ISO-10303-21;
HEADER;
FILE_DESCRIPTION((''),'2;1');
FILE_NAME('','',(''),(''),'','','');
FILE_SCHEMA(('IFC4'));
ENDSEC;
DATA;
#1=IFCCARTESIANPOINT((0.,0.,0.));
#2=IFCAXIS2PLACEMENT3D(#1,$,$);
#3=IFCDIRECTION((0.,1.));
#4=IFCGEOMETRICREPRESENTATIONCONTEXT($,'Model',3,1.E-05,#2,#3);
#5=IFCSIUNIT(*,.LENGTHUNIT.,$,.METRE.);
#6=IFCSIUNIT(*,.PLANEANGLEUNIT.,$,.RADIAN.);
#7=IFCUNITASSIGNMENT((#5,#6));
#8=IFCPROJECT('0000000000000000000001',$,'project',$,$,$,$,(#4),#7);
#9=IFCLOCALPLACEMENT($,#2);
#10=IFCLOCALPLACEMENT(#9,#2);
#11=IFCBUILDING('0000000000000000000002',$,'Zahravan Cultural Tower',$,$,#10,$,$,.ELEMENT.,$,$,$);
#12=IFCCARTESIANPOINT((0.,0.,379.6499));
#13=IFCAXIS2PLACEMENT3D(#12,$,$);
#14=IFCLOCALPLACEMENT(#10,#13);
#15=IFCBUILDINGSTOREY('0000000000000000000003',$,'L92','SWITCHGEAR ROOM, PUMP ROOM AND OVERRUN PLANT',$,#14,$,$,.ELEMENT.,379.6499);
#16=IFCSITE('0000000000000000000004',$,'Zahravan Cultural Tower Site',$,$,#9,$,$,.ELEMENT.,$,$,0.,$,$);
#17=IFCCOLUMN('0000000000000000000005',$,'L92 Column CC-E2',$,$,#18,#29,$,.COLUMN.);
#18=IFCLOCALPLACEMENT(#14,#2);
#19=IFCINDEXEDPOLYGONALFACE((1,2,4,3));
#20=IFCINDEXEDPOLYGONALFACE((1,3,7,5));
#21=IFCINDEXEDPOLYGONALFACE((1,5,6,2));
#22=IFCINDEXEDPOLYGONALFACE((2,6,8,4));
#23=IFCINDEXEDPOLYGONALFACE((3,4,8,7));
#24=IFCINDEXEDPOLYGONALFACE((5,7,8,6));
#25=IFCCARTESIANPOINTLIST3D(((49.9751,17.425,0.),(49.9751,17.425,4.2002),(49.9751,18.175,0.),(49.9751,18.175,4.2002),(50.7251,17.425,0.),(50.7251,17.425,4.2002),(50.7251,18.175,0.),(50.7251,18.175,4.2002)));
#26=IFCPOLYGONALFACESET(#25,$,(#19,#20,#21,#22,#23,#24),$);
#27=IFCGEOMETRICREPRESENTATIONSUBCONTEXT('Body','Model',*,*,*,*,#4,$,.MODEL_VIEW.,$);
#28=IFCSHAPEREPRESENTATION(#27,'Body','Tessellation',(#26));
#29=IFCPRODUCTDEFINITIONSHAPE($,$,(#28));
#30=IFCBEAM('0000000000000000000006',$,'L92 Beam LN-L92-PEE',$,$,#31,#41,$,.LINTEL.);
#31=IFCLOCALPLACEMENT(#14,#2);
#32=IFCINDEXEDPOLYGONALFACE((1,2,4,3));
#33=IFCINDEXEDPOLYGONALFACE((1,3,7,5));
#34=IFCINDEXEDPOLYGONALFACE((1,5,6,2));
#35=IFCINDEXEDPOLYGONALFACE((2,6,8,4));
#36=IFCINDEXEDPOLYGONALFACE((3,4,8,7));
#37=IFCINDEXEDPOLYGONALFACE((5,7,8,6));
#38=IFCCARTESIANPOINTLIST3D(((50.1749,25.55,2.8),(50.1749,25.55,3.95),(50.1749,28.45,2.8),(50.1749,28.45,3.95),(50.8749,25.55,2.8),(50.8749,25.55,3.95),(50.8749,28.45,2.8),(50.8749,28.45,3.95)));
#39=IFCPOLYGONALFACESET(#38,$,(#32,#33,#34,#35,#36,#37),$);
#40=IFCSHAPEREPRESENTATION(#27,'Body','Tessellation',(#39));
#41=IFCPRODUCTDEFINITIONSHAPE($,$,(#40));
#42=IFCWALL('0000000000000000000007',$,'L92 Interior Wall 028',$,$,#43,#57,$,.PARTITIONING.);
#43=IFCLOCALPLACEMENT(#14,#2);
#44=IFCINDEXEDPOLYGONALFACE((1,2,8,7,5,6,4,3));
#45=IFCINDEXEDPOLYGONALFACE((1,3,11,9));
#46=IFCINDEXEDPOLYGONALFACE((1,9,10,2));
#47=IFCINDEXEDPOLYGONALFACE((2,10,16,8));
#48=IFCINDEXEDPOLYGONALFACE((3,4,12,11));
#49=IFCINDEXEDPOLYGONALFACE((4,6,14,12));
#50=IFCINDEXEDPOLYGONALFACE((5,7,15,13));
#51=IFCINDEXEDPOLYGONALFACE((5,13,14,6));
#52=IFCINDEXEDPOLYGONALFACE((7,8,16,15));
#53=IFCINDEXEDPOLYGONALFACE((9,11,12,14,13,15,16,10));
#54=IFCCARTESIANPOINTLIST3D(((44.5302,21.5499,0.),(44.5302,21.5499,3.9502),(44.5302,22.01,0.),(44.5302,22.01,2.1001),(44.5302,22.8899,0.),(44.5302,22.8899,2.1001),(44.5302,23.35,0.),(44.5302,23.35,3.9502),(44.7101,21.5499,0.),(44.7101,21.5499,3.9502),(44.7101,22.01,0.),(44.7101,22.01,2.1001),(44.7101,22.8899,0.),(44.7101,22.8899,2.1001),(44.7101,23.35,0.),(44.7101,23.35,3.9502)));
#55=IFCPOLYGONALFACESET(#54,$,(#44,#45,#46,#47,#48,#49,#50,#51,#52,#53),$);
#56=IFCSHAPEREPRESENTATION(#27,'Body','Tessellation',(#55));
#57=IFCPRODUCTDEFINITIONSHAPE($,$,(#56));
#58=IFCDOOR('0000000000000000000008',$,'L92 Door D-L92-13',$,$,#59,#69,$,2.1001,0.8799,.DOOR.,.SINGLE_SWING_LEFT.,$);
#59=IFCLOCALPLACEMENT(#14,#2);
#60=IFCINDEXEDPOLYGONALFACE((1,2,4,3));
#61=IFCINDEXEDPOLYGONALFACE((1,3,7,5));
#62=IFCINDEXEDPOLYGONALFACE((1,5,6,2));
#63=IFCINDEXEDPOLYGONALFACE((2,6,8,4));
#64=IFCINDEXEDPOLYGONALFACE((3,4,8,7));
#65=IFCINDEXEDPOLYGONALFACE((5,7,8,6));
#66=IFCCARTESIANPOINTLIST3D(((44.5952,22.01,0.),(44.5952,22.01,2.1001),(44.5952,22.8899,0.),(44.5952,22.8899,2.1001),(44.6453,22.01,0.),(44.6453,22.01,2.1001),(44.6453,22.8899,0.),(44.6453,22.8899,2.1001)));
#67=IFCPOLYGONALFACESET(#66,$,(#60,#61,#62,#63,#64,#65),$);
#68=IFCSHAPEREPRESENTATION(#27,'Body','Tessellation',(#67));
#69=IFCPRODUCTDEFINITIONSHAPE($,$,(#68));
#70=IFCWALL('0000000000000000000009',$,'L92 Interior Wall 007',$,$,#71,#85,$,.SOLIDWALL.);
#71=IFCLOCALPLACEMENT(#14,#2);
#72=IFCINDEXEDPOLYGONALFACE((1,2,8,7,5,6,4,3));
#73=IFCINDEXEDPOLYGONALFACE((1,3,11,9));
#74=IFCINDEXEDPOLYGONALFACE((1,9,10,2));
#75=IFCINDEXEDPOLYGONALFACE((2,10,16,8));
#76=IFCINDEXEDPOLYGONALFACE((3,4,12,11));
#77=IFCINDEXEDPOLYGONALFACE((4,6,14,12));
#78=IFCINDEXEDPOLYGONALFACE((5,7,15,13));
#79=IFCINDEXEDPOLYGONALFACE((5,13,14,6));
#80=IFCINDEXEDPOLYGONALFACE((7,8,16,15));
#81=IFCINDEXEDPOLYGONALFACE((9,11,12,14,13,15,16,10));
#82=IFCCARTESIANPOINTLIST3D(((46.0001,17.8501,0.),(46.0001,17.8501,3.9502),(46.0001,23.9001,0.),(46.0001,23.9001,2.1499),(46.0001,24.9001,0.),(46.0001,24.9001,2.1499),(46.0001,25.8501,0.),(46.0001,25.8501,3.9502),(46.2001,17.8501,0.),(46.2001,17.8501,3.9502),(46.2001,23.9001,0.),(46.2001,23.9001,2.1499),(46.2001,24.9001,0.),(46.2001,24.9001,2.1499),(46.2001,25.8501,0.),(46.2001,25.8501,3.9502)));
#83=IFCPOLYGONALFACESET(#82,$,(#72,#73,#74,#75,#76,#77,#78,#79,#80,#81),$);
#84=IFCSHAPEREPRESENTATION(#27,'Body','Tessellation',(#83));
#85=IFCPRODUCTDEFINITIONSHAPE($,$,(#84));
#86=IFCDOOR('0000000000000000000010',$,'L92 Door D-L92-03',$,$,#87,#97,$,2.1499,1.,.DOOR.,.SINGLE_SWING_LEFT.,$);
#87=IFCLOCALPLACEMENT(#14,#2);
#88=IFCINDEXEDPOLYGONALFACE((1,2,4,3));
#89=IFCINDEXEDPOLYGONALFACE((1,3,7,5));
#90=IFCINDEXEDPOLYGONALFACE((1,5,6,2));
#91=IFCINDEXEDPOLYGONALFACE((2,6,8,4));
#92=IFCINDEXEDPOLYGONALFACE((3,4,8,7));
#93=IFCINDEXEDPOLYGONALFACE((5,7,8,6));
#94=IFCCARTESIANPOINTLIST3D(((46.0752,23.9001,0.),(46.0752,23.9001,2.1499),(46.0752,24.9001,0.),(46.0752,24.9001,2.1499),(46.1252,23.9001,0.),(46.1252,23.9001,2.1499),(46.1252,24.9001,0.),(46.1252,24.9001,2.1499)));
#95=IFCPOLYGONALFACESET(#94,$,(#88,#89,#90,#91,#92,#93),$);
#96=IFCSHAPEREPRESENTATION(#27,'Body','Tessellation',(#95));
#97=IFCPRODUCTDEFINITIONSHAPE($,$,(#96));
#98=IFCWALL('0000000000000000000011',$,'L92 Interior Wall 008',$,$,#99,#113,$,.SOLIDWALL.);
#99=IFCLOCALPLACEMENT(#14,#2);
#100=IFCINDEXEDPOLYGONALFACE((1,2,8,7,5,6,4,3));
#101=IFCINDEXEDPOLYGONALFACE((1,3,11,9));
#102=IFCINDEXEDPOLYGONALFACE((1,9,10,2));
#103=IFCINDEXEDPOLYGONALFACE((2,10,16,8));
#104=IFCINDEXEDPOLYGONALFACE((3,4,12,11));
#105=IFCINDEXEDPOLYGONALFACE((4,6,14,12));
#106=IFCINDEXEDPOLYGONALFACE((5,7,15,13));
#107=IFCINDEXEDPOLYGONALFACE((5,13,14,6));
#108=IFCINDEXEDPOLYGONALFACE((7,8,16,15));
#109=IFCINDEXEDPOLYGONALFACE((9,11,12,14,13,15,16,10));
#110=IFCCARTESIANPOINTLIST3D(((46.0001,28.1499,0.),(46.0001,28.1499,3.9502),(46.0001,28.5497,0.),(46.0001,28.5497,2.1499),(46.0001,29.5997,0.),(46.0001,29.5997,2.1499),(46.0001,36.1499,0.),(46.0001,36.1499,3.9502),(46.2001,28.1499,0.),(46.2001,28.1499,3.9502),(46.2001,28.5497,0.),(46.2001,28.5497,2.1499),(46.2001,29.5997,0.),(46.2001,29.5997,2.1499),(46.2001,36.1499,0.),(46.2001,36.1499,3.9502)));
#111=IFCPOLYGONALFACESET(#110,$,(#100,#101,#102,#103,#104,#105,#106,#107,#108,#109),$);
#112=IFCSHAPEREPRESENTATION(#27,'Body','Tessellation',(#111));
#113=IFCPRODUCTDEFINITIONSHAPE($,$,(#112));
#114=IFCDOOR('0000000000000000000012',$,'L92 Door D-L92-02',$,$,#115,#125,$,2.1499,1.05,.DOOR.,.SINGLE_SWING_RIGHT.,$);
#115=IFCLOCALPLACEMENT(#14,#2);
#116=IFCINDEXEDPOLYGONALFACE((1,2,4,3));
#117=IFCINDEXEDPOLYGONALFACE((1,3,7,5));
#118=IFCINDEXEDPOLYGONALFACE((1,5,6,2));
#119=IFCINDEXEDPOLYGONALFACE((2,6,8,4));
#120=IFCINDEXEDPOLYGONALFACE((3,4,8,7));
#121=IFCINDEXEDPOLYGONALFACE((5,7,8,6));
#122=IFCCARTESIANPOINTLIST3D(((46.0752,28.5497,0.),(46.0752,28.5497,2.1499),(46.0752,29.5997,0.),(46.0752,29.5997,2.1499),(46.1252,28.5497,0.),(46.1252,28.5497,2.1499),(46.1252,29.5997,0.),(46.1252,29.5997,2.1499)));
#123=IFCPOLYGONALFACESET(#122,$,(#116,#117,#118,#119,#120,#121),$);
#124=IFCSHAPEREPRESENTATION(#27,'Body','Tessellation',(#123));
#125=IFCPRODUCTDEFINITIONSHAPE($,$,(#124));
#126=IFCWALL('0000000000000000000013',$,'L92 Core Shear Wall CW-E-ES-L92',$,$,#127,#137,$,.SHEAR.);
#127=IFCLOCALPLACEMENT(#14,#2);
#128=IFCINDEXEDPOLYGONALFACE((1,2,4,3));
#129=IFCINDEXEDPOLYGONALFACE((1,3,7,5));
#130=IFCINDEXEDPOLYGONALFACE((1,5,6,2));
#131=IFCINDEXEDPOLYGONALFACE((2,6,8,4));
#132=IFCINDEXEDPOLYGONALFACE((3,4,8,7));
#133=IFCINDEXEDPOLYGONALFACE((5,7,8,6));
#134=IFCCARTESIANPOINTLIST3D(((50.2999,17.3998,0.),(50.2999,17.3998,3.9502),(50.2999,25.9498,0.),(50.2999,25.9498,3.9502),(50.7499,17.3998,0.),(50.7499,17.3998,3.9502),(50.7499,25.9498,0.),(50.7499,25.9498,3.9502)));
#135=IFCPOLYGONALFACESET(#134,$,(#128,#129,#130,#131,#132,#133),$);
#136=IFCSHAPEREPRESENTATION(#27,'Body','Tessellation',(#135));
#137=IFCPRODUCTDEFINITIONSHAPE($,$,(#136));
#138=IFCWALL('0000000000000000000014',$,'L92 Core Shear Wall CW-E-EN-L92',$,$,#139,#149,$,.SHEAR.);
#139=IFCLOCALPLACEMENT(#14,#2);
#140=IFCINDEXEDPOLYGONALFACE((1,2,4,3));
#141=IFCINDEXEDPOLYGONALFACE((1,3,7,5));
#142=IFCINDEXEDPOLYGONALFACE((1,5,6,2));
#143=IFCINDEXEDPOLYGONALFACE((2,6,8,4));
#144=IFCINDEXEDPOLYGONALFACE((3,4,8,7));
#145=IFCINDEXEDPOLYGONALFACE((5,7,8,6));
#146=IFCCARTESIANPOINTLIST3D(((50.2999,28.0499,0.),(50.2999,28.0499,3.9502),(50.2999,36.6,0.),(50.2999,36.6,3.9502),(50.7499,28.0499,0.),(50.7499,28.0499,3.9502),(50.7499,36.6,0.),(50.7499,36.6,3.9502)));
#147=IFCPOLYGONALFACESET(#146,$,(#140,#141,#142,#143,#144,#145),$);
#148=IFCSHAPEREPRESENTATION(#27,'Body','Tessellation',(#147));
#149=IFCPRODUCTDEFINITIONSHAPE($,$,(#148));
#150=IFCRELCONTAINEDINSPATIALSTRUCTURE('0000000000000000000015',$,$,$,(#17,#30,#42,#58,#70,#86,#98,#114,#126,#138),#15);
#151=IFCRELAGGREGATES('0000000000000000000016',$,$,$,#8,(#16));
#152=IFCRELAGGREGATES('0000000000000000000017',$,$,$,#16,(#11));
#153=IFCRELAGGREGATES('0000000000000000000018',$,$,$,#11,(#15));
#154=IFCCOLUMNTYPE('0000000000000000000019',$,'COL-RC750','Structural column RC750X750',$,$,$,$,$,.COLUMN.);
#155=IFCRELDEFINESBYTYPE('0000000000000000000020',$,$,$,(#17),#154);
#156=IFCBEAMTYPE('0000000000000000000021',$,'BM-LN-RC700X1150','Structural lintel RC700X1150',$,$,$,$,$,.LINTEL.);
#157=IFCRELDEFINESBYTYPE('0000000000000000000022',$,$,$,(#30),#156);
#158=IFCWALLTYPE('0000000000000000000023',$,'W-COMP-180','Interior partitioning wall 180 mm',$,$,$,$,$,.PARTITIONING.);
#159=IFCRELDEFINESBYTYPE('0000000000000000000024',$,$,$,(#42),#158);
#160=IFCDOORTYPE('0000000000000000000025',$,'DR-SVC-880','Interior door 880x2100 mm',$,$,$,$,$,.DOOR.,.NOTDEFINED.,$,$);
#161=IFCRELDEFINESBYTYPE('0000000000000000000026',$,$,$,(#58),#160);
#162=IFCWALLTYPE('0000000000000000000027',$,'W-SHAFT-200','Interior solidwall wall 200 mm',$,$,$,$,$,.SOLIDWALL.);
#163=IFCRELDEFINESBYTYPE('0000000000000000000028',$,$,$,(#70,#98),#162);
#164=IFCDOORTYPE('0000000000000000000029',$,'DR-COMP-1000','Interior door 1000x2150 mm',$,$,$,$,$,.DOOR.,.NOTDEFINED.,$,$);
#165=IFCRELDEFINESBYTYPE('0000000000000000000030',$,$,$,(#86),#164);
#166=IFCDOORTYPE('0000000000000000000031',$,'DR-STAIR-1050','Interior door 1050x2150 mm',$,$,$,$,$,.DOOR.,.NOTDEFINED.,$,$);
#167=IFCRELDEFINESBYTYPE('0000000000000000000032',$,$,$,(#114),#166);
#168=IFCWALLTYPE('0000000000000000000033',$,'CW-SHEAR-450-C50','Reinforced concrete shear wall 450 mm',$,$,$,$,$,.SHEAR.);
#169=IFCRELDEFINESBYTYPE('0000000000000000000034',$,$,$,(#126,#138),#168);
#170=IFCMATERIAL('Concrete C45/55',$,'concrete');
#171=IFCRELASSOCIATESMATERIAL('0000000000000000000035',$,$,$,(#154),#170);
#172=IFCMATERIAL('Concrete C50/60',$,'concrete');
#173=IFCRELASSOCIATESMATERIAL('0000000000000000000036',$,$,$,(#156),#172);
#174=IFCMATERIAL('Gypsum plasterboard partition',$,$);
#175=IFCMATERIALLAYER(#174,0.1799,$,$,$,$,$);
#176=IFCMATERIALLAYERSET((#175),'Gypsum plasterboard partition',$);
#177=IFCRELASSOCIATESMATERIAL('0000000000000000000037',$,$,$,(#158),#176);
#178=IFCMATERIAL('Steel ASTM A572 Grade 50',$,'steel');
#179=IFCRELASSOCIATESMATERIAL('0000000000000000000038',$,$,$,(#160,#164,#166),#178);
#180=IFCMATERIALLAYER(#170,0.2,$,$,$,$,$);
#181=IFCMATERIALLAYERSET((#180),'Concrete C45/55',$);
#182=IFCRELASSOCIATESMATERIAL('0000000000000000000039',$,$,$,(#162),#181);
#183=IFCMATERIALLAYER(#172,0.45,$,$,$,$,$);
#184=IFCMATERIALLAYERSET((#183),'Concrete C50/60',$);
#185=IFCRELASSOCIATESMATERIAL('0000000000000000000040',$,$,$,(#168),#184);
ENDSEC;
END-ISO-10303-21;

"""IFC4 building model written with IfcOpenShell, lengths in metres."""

from ifc_helpers import new_model, si_unit, direction, frame, frame_2d, origin, origin_2d, place, context, subcontext, project, spatial, rectangle, extrude, source, transform, mapped, material, layer, layer_set, material_profile, profile_set, type_object, element, fill, save


model = new_model("IFC4")

# Units and contexts
model_context = context("Model", 3, precision=1e-05, world=origin(), true_north=direction((0.0, 1.0)))
body_context = subcontext(model_context, "Body", "Model", "MODEL_VIEW")
ifc_project = project(units=[si_unit("LENGTHUNIT", "METRE"), si_unit("PLANEANGLEUNIT", "RADIAN")], contexts=[model_context])

# Site, building, storey
site_placement = place(None, origin())
site = spatial("IfcSite", under=ifc_project, at=site_placement, Name="Zahravan Cultural Tower Site", CompositionType="ELEMENT", RefElevation=0.0)
building_placement = place(site_placement, origin())
building = spatial("IfcBuilding", under=site, at=building_placement, Name="Zahravan Cultural Tower", CompositionType="ELEMENT")
storey_placement = place(building_placement, frame((0.0, 0.0, 379.6499)))
storey = spatial("IfcBuildingStorey", under=building, at=storey_placement, Name="L92", Description="SWITCHGEAR ROOM, PUMP ROOM AND OVERRUN PLANT", CompositionType="ELEMENT", Elevation=379.6499)

# Column
ifc_material_1 = material(Name="Concrete C45/55", Category="concrete")
ifc_material_profile_1 = material_profile(ifc_material_1, rectangle(XDim=0.75, YDim=0.75, at=origin_2d()), Name="RC750X750")
ifc_profile_set_1 = profile_set([ifc_material_profile_1], Name="Concrete C45/55")
column_type = type_object("IfcColumnType", Name="COL-RC750", Description="Structural column RC750X750", PredefinedType="COLUMN", material=ifc_profile_set_1)
shared_shape_1 = source(origin(), body_context, "Body", "SweptSolid", [
    extrude(rectangle(XDim=0.75, YDim=0.75, at=origin_2d()), origin(), (0.0, 0.0, 1.0), 4.2002),
])
column_placement = place(storey_placement, frame((50.3501, 17.8, 0.0), z_axis=(0.0, 0.0, 1.0), x_axis=(1.0, 0.0, 0.0)))
element("IfcColumn", 1, at=column_placement, inside=storey, type_object=column_type, Name="L92 Column CC-E2", PredefinedType="COLUMN", context=body_context, shape_type="MappedRepresentation", body=[
    mapped(shared_shape_1, transform((0.0, 0.0, 0.0), x_axis=(1.0, 0.0, 0.0), y_axis=(0.0, 1.0, 0.0), z_axis=(0.0, 0.0, 1.0), scale=1.0)),
])

# Beam
ifc_material_2 = material(Name="Concrete C50/60", Category="concrete")
ifc_material_profile_2 = material_profile(ifc_material_2, rectangle(XDim=0.7, YDim=1.1499, at=origin_2d()), Name="RC700X1150")
ifc_profile_set_2 = profile_set([ifc_material_profile_2], Name="Concrete C50/60")
beam_type = type_object("IfcBeamType", Name="BM-LN-RC700X1150", Description="Structural lintel RC700X1150", PredefinedType="LINTEL", material=ifc_profile_set_2)
shared_shape_2 = source(origin(), body_context, "Body", "SweptSolid", [
    extrude(rectangle(XDim=0.7, YDim=1.1499, at=origin_2d()), origin(), (0.0, 0.0, 1.0), 2.8999),
])
beam_placement = place(storey_placement, frame((50.5249, 25.55, 3.375), z_axis=(0.0, 1.0, 0.0), x_axis=(-1.0, 0.0, 0.0)))
element("IfcBeam", 2, at=beam_placement, inside=storey, type_object=beam_type, Name="L92 Beam LN-L92-PEE", PredefinedType="LINTEL", context=body_context, shape_type="MappedRepresentation", body=[
    mapped(shared_shape_2, transform((0.0, 0.0, 0.0), x_axis=(1.0, 0.0, 0.0), y_axis=(0.0, 1.0, 0.0), z_axis=(0.0, 0.0, 1.0), scale=1.0)),
])

# Walls, openings, doors
ifc_material_3 = material(Name="Gypsum plasterboard partition")
ifc_layer_1 = layer(ifc_material_3, 0.1799)
ifc_layer_set_1 = layer_set([ifc_layer_1], Name="Gypsum plasterboard partition")
wall_type_1 = type_object("IfcWallType", Name="W-COMP-180", Description="Interior partitioning wall 180 mm", PredefinedType="PARTITIONING", material=ifc_layer_set_1)
wall_1_placement = place(storey_placement, frame((44.6201, 21.55, 0.0), z_axis=(0.0, 0.0, 1.0), x_axis=(0.0, 1.0, 0.0)))
wall_1 = element("IfcWall", 3, at=wall_1_placement, inside=storey, type_object=wall_type_1, Name="L92 Interior Wall 028", PredefinedType="PARTITIONING", context=body_context, shape_type="SweptSolid", body=[
    extrude(rectangle(XDim=1.8, YDim=0.1799, at=frame_2d((0.8999, 0.0))), origin(), (0.0, 0.0, 1.0), 3.9502),
])
opening_1_placement = place(wall_1_placement, frame((0.46, 0.0, 0.0)))
opening_1 = element("IfcOpeningElement", 4, at=opening_1_placement, cuts=wall_1, PredefinedType="OPENING", context=body_context, shape_type="SweptSolid", body=[
    extrude(rectangle(XDim=0.8799, YDim=2.1001, at=frame_2d((0.4399, 1.05))), frame((0.0, 0.0999, 0.0), z_axis=(0.0, -1.0, 0.0), x_axis=(1.0, 0.0, 0.0)), (0.0, 0.0, 1.0), 0.2),
])
ifc_material_4 = material(Name="Steel ASTM A572 Grade 50", Category="steel")
door_type_1 = type_object("IfcDoorType", Name="DR-SVC-880", Description="Interior door 880x2100 mm", OperationType="NOTDEFINED", PredefinedType="DOOR", material=ifc_material_4)
shared_shape_3 = source(origin(), body_context, "Body", "SweptSolid", [
    extrude(rectangle(XDim=0.8799, YDim=2.1001, at=frame_2d((0.4399, 1.05))), frame((0.0, 0.0249, 0.0), z_axis=(0.0, -1.0, 0.0), x_axis=(1.0, 0.0, 0.0)), (0.0, 0.0, 1.0), 0.05),
])
door_1_placement = place(opening_1_placement, origin())
door_1 = element("IfcDoor", 5, at=door_1_placement, inside=storey, type_object=door_type_1, Name="L92 Door D-L92-13", OperationType="SINGLE_SWING_LEFT", OverallHeight=2.1001, OverallWidth=0.8799, PredefinedType="DOOR", context=body_context, shape_type="MappedRepresentation", body=[
    mapped(shared_shape_3, transform((0.0, 0.0, 0.0), x_axis=(1.0, 0.0, 0.0), y_axis=(0.0, 1.0, 0.0), z_axis=(0.0, 0.0, 1.0), scale=1.0)),
])
fill(opening_1, door_1)
ifc_layer_2 = layer(ifc_material_1, 0.2)
ifc_layer_set_2 = layer_set([ifc_layer_2], Name="Concrete C45/55")
wall_type_2 = type_object("IfcWallType", Name="W-SHAFT-200", Description="Interior solidwall wall 200 mm", PredefinedType="SOLIDWALL", material=ifc_layer_set_2)
wall_2_placement = place(storey_placement, frame((46.1001, 17.8501, 0.0), z_axis=(0.0, 0.0, 1.0), x_axis=(0.0, 1.0, 0.0)))
wall_2 = element("IfcWall", 6, at=wall_2_placement, inside=storey, type_object=wall_type_2, Name="L92 Interior Wall 007", PredefinedType="SOLIDWALL", context=body_context, shape_type="SweptSolid", body=[
    extrude(rectangle(XDim=8.0, YDim=0.2, at=frame_2d((4.0, 0.0))), origin(), (0.0, 0.0, 1.0), 3.9502),
])
opening_2_placement = place(wall_2_placement, frame((6.05, 0.0, 0.0)))
opening_2 = element("IfcOpeningElement", 7, at=opening_2_placement, cuts=wall_2, PredefinedType="OPENING", context=body_context, shape_type="SweptSolid", body=[
    extrude(rectangle(XDim=1.0, YDim=2.1499, at=frame_2d((0.5, 1.075))), frame((0.0, 0.1099, 0.0), z_axis=(0.0, -1.0, 0.0), x_axis=(1.0, 0.0, 0.0)), (0.0, 0.0, 1.0), 0.22),
])
door_type_2 = type_object("IfcDoorType", Name="DR-COMP-1000", Description="Interior door 1000x2150 mm", OperationType="NOTDEFINED", PredefinedType="DOOR", material=ifc_material_4)
shared_shape_4 = source(origin(), body_context, "Body", "SweptSolid", [
    extrude(rectangle(XDim=1.0, YDim=2.1499, at=frame_2d((0.5, 1.075))), frame((0.0, 0.0249, 0.0), z_axis=(0.0, -1.0, 0.0), x_axis=(1.0, 0.0, 0.0)), (0.0, 0.0, 1.0), 0.05),
])
door_2_placement = place(opening_2_placement, origin())
door_2 = element("IfcDoor", 8, at=door_2_placement, inside=storey, type_object=door_type_2, Name="L92 Door D-L92-03", OperationType="SINGLE_SWING_LEFT", OverallHeight=2.1499, OverallWidth=1.0, PredefinedType="DOOR", context=body_context, shape_type="MappedRepresentation", body=[
    mapped(shared_shape_4, transform((0.0, 0.0, 0.0), x_axis=(1.0, 0.0, 0.0), y_axis=(0.0, 1.0, 0.0), z_axis=(0.0, 0.0, 1.0), scale=1.0)),
])
fill(opening_2, door_2)
wall_3_placement = place(storey_placement, frame((46.1001, 28.1499, 0.0), z_axis=(0.0, 0.0, 1.0), x_axis=(0.0, 1.0, 0.0)))
wall_3 = element("IfcWall", 9, at=wall_3_placement, inside=storey, type_object=wall_type_2, Name="L92 Interior Wall 008", PredefinedType="SOLIDWALL", context=body_context, shape_type="SweptSolid", body=[
    extrude(rectangle(XDim=8.0, YDim=0.2, at=frame_2d((4.0, 0.0))), origin(), (0.0, 0.0, 1.0), 3.9502),
])
opening_3_placement = place(wall_3_placement, frame((0.3999, 0.0, 0.0)))
opening_3 = element("IfcOpeningElement", 10, at=opening_3_placement, cuts=wall_3, PredefinedType="OPENING", context=body_context, shape_type="SweptSolid", body=[
    extrude(rectangle(XDim=1.05, YDim=2.1499, at=frame_2d((0.5249, 1.075))), frame((0.0, 0.1099, 0.0), z_axis=(0.0, -1.0, 0.0), x_axis=(1.0, 0.0, 0.0)), (0.0, 0.0, 1.0), 0.22),
])
door_type_3 = type_object("IfcDoorType", Name="DR-STAIR-1050", Description="Interior door 1050x2150 mm", OperationType="NOTDEFINED", PredefinedType="DOOR", material=ifc_material_4)
shared_shape_5 = source(origin(), body_context, "Body", "SweptSolid", [
    extrude(rectangle(XDim=1.05, YDim=2.1499, at=frame_2d((0.5249, 1.075))), frame((0.0, 0.0249, 0.0), z_axis=(0.0, -1.0, 0.0), x_axis=(1.0, 0.0, 0.0)), (0.0, 0.0, 1.0), 0.05),
])
door_3_placement = place(opening_3_placement, origin())
door_3 = element("IfcDoor", 11, at=door_3_placement, inside=storey, type_object=door_type_3, Name="L92 Door D-L92-02", OperationType="SINGLE_SWING_RIGHT", OverallHeight=2.1499, OverallWidth=1.05, PredefinedType="DOOR", context=body_context, shape_type="MappedRepresentation", body=[
    mapped(shared_shape_5, transform((0.0, 0.0, 0.0), x_axis=(1.0, 0.0, 0.0), y_axis=(0.0, 1.0, 0.0), z_axis=(0.0, 0.0, 1.0), scale=1.0)),
])
fill(opening_3, door_3)

# Walls
ifc_layer_3 = layer(ifc_material_2, 0.45)
ifc_layer_set_3 = layer_set([ifc_layer_3], Name="Concrete C50/60")
wall_type_3 = type_object("IfcWallType", Name="CW-SHEAR-450-C50", Description="Reinforced concrete shear wall 450 mm", PredefinedType="SHEAR", material=ifc_layer_set_3)
shared_shape_6 = source(origin(), body_context, "Body", "SweptSolid", [
    extrude(rectangle(XDim=8.55, YDim=0.45, at=frame_2d((4.2749, 0.0))), origin(), (0.0, 0.0, 1.0), 3.9502),
])
for number, where, z_axis, x_axis, name in (
    (12, (50.5249, 17.3999, 0.0), (0.0, 0.0, 1.0), (0.0, 1.0, 0.0), "L92 Core Shear Wall CW-E-ES-L92"),
    (13, (50.5249, 28.05, 0.0), (0.0, 0.0, 1.0), (0.0, 1.0, 0.0), "L92 Core Shear Wall CW-E-EN-L92"),
):
    element("IfcWall", number, at=place(storey_placement, frame(where, z_axis=z_axis, x_axis=x_axis)), inside=storey, type_object=wall_type_3, Name=name, PredefinedType="SHEAR", context=body_context, shape_type="MappedRepresentation", body=[
        mapped(shared_shape_6, transform((0.0, 0.0, 0.0), x_axis=(1.0, 0.0, 0.0), y_axis=(0.0, 1.0, 0.0), z_axis=(0.0, 0.0, 1.0), scale=1.0)),
    ])

save(model, "model.ifc")
